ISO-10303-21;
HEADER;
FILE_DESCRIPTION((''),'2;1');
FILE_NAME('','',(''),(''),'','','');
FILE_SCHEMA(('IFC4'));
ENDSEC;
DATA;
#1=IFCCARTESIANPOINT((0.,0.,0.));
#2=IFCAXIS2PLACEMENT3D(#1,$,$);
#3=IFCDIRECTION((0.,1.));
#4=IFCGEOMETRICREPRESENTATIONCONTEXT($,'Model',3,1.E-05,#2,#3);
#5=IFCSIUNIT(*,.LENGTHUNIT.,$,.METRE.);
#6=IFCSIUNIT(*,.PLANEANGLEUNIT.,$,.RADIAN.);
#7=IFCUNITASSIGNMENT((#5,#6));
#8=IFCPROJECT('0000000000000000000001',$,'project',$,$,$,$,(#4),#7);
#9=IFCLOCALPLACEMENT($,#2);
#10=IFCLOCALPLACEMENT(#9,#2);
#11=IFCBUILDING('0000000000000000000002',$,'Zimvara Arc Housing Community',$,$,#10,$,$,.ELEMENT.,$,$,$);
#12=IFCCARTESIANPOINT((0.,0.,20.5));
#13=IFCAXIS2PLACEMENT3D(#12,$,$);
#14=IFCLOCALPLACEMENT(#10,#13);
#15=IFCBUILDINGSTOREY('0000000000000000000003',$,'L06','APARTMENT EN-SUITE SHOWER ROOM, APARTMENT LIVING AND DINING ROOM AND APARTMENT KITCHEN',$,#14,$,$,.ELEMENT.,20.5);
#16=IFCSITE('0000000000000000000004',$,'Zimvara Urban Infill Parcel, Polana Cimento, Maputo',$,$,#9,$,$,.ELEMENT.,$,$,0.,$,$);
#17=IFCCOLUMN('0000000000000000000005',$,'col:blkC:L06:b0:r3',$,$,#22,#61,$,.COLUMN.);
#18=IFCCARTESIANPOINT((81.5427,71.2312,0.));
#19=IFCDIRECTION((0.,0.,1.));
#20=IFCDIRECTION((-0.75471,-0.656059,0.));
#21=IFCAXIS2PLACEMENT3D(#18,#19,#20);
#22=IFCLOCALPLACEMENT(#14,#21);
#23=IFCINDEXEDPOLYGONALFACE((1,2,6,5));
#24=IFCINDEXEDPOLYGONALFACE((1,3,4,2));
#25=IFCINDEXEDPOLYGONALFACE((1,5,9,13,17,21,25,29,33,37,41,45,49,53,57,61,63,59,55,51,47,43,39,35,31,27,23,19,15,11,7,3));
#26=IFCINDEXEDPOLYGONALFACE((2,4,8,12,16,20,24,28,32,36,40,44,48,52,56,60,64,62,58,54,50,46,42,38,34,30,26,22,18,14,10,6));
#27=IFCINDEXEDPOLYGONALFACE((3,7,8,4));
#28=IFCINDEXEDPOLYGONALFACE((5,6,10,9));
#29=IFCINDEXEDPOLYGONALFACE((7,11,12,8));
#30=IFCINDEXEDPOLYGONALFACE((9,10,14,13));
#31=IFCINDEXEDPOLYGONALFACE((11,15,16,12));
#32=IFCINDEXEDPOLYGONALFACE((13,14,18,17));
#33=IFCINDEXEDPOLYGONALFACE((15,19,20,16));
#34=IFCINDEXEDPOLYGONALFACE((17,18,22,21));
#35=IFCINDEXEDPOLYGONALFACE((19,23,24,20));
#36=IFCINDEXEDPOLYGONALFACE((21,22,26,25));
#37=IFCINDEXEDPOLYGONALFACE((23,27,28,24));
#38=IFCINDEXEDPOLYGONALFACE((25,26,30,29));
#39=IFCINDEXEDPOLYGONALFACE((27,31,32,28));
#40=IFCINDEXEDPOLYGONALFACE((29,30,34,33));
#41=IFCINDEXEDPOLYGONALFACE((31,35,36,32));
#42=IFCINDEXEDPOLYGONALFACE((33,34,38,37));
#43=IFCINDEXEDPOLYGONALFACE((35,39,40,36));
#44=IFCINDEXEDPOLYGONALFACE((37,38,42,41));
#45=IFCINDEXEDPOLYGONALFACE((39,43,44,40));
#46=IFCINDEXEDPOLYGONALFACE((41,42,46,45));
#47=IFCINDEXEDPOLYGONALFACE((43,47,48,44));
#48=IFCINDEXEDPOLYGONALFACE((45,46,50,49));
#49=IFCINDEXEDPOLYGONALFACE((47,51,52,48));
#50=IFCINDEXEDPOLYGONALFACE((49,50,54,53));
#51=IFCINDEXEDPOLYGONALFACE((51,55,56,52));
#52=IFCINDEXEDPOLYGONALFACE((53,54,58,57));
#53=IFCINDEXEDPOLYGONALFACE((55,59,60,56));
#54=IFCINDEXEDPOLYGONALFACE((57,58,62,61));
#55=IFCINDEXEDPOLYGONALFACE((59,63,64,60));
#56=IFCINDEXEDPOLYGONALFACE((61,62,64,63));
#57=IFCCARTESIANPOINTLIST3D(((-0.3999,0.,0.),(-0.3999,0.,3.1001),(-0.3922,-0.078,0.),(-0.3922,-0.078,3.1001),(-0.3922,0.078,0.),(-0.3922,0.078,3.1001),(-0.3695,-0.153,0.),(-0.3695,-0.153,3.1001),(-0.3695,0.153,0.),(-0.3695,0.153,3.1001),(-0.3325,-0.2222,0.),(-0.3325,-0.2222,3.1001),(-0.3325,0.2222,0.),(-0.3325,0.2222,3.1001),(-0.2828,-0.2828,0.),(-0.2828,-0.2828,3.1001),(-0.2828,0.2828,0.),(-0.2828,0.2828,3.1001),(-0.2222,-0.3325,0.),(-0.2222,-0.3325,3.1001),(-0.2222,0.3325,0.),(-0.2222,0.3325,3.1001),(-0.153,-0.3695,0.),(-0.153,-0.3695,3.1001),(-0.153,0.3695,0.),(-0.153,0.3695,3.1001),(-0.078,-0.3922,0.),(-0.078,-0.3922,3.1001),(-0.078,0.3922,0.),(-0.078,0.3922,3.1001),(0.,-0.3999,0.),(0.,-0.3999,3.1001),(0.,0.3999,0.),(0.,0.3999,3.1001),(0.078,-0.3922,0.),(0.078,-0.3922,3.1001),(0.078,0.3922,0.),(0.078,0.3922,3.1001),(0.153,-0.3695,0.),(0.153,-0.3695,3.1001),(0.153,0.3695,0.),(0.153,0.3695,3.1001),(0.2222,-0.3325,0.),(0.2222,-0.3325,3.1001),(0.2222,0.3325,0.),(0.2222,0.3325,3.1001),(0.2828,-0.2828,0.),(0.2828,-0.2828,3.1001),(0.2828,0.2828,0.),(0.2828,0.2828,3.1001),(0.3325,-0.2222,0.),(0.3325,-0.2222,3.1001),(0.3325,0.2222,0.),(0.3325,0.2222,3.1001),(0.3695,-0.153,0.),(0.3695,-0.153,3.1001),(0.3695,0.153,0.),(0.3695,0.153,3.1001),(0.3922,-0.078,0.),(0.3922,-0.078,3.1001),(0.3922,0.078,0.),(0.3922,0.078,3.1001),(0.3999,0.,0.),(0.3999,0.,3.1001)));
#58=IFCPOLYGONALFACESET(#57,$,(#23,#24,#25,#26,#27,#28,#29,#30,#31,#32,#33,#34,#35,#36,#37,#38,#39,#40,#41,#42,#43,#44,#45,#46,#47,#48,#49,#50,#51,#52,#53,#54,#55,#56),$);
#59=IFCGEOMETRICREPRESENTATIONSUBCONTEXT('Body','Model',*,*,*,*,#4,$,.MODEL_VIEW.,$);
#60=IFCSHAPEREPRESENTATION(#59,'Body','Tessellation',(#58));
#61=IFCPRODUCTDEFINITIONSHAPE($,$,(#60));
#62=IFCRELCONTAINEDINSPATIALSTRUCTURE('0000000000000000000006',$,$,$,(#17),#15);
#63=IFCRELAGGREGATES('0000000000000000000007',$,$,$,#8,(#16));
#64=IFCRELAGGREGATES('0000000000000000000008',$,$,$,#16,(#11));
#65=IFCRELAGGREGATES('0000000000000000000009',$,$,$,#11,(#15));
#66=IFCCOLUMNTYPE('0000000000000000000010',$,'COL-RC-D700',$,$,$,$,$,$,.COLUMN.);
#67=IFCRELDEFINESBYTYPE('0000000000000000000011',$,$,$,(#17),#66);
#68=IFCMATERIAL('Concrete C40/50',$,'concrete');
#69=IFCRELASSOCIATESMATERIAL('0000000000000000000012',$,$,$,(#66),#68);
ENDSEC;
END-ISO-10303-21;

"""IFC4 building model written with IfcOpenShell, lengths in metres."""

from ifc_helpers import new_model, si_unit, direction, frame, origin, origin_2d, place, context, subcontext, project, spatial, circle, extrude, material, material_profile, profile_set, type_object, element, save


model = new_model("IFC4")

# Units and contexts
model_context = context("Model", 3, precision=1e-05, world=origin(), true_north=direction((0.0, 1.0)))
body_context = subcontext(model_context, "Body", "Model", "MODEL_VIEW")
ifc_project = project(units=[si_unit("LENGTHUNIT", "METRE"), si_unit("PLANEANGLEUNIT", "RADIAN")], contexts=[model_context])

# Site, building, storey
site_placement = place(None, origin())
site = spatial("IfcSite", under=ifc_project, at=site_placement, Name="Zimvara Urban Infill Parcel, Polana Cimento, Maputo", CompositionType="ELEMENT", RefElevation=0.0)
building_placement = place(site_placement, origin())
building = spatial("IfcBuilding", under=site, at=building_placement, Name="Zimvara Arc Housing Community", CompositionType="ELEMENT")
storey_placement = place(building_placement, frame((0.0, 0.0, 20.5)))
storey = spatial("IfcBuildingStorey", under=building, at=storey_placement, Name="L06", Description="APARTMENT EN-SUITE SHOWER ROOM, APARTMENT LIVING AND DINING ROOM AND APARTMENT KITCHEN", CompositionType="ELEMENT", Elevation=20.5)

# Column
ifc_material_1 = material(Name="Concrete C40/50", Category="concrete")
ifc_material_profile_1 = material_profile(ifc_material_1, circle(Radius=0.3999, at=origin_2d()), Name="RC D800")
ifc_profile_set_1 = profile_set([ifc_material_profile_1], Name="Concrete C40/50")
column_type_1 = type_object("IfcColumnType", Name="COL-RC-D700", PredefinedType="COLUMN", material=ifc_profile_set_1)
column_1_placement = place(storey_placement, frame((81.5427, 71.2312, 0.0), z_axis=(0.0, 0.0, 1.0), x_axis=(-0.75471, -0.656059, 0.0)))
element("IfcColumn", 1, at=column_1_placement, inside=storey, type_object=column_type_1, Name="col:blkC:L06:b0:r3", PredefinedType="COLUMN", context=body_context, shape_type="SweptSolid", body=[
    extrude(circle(Radius=0.3999, at=origin_2d()), origin(), (0.0, 0.0, 1.0), 3.1001),
])

save(model, "model.ifc")
